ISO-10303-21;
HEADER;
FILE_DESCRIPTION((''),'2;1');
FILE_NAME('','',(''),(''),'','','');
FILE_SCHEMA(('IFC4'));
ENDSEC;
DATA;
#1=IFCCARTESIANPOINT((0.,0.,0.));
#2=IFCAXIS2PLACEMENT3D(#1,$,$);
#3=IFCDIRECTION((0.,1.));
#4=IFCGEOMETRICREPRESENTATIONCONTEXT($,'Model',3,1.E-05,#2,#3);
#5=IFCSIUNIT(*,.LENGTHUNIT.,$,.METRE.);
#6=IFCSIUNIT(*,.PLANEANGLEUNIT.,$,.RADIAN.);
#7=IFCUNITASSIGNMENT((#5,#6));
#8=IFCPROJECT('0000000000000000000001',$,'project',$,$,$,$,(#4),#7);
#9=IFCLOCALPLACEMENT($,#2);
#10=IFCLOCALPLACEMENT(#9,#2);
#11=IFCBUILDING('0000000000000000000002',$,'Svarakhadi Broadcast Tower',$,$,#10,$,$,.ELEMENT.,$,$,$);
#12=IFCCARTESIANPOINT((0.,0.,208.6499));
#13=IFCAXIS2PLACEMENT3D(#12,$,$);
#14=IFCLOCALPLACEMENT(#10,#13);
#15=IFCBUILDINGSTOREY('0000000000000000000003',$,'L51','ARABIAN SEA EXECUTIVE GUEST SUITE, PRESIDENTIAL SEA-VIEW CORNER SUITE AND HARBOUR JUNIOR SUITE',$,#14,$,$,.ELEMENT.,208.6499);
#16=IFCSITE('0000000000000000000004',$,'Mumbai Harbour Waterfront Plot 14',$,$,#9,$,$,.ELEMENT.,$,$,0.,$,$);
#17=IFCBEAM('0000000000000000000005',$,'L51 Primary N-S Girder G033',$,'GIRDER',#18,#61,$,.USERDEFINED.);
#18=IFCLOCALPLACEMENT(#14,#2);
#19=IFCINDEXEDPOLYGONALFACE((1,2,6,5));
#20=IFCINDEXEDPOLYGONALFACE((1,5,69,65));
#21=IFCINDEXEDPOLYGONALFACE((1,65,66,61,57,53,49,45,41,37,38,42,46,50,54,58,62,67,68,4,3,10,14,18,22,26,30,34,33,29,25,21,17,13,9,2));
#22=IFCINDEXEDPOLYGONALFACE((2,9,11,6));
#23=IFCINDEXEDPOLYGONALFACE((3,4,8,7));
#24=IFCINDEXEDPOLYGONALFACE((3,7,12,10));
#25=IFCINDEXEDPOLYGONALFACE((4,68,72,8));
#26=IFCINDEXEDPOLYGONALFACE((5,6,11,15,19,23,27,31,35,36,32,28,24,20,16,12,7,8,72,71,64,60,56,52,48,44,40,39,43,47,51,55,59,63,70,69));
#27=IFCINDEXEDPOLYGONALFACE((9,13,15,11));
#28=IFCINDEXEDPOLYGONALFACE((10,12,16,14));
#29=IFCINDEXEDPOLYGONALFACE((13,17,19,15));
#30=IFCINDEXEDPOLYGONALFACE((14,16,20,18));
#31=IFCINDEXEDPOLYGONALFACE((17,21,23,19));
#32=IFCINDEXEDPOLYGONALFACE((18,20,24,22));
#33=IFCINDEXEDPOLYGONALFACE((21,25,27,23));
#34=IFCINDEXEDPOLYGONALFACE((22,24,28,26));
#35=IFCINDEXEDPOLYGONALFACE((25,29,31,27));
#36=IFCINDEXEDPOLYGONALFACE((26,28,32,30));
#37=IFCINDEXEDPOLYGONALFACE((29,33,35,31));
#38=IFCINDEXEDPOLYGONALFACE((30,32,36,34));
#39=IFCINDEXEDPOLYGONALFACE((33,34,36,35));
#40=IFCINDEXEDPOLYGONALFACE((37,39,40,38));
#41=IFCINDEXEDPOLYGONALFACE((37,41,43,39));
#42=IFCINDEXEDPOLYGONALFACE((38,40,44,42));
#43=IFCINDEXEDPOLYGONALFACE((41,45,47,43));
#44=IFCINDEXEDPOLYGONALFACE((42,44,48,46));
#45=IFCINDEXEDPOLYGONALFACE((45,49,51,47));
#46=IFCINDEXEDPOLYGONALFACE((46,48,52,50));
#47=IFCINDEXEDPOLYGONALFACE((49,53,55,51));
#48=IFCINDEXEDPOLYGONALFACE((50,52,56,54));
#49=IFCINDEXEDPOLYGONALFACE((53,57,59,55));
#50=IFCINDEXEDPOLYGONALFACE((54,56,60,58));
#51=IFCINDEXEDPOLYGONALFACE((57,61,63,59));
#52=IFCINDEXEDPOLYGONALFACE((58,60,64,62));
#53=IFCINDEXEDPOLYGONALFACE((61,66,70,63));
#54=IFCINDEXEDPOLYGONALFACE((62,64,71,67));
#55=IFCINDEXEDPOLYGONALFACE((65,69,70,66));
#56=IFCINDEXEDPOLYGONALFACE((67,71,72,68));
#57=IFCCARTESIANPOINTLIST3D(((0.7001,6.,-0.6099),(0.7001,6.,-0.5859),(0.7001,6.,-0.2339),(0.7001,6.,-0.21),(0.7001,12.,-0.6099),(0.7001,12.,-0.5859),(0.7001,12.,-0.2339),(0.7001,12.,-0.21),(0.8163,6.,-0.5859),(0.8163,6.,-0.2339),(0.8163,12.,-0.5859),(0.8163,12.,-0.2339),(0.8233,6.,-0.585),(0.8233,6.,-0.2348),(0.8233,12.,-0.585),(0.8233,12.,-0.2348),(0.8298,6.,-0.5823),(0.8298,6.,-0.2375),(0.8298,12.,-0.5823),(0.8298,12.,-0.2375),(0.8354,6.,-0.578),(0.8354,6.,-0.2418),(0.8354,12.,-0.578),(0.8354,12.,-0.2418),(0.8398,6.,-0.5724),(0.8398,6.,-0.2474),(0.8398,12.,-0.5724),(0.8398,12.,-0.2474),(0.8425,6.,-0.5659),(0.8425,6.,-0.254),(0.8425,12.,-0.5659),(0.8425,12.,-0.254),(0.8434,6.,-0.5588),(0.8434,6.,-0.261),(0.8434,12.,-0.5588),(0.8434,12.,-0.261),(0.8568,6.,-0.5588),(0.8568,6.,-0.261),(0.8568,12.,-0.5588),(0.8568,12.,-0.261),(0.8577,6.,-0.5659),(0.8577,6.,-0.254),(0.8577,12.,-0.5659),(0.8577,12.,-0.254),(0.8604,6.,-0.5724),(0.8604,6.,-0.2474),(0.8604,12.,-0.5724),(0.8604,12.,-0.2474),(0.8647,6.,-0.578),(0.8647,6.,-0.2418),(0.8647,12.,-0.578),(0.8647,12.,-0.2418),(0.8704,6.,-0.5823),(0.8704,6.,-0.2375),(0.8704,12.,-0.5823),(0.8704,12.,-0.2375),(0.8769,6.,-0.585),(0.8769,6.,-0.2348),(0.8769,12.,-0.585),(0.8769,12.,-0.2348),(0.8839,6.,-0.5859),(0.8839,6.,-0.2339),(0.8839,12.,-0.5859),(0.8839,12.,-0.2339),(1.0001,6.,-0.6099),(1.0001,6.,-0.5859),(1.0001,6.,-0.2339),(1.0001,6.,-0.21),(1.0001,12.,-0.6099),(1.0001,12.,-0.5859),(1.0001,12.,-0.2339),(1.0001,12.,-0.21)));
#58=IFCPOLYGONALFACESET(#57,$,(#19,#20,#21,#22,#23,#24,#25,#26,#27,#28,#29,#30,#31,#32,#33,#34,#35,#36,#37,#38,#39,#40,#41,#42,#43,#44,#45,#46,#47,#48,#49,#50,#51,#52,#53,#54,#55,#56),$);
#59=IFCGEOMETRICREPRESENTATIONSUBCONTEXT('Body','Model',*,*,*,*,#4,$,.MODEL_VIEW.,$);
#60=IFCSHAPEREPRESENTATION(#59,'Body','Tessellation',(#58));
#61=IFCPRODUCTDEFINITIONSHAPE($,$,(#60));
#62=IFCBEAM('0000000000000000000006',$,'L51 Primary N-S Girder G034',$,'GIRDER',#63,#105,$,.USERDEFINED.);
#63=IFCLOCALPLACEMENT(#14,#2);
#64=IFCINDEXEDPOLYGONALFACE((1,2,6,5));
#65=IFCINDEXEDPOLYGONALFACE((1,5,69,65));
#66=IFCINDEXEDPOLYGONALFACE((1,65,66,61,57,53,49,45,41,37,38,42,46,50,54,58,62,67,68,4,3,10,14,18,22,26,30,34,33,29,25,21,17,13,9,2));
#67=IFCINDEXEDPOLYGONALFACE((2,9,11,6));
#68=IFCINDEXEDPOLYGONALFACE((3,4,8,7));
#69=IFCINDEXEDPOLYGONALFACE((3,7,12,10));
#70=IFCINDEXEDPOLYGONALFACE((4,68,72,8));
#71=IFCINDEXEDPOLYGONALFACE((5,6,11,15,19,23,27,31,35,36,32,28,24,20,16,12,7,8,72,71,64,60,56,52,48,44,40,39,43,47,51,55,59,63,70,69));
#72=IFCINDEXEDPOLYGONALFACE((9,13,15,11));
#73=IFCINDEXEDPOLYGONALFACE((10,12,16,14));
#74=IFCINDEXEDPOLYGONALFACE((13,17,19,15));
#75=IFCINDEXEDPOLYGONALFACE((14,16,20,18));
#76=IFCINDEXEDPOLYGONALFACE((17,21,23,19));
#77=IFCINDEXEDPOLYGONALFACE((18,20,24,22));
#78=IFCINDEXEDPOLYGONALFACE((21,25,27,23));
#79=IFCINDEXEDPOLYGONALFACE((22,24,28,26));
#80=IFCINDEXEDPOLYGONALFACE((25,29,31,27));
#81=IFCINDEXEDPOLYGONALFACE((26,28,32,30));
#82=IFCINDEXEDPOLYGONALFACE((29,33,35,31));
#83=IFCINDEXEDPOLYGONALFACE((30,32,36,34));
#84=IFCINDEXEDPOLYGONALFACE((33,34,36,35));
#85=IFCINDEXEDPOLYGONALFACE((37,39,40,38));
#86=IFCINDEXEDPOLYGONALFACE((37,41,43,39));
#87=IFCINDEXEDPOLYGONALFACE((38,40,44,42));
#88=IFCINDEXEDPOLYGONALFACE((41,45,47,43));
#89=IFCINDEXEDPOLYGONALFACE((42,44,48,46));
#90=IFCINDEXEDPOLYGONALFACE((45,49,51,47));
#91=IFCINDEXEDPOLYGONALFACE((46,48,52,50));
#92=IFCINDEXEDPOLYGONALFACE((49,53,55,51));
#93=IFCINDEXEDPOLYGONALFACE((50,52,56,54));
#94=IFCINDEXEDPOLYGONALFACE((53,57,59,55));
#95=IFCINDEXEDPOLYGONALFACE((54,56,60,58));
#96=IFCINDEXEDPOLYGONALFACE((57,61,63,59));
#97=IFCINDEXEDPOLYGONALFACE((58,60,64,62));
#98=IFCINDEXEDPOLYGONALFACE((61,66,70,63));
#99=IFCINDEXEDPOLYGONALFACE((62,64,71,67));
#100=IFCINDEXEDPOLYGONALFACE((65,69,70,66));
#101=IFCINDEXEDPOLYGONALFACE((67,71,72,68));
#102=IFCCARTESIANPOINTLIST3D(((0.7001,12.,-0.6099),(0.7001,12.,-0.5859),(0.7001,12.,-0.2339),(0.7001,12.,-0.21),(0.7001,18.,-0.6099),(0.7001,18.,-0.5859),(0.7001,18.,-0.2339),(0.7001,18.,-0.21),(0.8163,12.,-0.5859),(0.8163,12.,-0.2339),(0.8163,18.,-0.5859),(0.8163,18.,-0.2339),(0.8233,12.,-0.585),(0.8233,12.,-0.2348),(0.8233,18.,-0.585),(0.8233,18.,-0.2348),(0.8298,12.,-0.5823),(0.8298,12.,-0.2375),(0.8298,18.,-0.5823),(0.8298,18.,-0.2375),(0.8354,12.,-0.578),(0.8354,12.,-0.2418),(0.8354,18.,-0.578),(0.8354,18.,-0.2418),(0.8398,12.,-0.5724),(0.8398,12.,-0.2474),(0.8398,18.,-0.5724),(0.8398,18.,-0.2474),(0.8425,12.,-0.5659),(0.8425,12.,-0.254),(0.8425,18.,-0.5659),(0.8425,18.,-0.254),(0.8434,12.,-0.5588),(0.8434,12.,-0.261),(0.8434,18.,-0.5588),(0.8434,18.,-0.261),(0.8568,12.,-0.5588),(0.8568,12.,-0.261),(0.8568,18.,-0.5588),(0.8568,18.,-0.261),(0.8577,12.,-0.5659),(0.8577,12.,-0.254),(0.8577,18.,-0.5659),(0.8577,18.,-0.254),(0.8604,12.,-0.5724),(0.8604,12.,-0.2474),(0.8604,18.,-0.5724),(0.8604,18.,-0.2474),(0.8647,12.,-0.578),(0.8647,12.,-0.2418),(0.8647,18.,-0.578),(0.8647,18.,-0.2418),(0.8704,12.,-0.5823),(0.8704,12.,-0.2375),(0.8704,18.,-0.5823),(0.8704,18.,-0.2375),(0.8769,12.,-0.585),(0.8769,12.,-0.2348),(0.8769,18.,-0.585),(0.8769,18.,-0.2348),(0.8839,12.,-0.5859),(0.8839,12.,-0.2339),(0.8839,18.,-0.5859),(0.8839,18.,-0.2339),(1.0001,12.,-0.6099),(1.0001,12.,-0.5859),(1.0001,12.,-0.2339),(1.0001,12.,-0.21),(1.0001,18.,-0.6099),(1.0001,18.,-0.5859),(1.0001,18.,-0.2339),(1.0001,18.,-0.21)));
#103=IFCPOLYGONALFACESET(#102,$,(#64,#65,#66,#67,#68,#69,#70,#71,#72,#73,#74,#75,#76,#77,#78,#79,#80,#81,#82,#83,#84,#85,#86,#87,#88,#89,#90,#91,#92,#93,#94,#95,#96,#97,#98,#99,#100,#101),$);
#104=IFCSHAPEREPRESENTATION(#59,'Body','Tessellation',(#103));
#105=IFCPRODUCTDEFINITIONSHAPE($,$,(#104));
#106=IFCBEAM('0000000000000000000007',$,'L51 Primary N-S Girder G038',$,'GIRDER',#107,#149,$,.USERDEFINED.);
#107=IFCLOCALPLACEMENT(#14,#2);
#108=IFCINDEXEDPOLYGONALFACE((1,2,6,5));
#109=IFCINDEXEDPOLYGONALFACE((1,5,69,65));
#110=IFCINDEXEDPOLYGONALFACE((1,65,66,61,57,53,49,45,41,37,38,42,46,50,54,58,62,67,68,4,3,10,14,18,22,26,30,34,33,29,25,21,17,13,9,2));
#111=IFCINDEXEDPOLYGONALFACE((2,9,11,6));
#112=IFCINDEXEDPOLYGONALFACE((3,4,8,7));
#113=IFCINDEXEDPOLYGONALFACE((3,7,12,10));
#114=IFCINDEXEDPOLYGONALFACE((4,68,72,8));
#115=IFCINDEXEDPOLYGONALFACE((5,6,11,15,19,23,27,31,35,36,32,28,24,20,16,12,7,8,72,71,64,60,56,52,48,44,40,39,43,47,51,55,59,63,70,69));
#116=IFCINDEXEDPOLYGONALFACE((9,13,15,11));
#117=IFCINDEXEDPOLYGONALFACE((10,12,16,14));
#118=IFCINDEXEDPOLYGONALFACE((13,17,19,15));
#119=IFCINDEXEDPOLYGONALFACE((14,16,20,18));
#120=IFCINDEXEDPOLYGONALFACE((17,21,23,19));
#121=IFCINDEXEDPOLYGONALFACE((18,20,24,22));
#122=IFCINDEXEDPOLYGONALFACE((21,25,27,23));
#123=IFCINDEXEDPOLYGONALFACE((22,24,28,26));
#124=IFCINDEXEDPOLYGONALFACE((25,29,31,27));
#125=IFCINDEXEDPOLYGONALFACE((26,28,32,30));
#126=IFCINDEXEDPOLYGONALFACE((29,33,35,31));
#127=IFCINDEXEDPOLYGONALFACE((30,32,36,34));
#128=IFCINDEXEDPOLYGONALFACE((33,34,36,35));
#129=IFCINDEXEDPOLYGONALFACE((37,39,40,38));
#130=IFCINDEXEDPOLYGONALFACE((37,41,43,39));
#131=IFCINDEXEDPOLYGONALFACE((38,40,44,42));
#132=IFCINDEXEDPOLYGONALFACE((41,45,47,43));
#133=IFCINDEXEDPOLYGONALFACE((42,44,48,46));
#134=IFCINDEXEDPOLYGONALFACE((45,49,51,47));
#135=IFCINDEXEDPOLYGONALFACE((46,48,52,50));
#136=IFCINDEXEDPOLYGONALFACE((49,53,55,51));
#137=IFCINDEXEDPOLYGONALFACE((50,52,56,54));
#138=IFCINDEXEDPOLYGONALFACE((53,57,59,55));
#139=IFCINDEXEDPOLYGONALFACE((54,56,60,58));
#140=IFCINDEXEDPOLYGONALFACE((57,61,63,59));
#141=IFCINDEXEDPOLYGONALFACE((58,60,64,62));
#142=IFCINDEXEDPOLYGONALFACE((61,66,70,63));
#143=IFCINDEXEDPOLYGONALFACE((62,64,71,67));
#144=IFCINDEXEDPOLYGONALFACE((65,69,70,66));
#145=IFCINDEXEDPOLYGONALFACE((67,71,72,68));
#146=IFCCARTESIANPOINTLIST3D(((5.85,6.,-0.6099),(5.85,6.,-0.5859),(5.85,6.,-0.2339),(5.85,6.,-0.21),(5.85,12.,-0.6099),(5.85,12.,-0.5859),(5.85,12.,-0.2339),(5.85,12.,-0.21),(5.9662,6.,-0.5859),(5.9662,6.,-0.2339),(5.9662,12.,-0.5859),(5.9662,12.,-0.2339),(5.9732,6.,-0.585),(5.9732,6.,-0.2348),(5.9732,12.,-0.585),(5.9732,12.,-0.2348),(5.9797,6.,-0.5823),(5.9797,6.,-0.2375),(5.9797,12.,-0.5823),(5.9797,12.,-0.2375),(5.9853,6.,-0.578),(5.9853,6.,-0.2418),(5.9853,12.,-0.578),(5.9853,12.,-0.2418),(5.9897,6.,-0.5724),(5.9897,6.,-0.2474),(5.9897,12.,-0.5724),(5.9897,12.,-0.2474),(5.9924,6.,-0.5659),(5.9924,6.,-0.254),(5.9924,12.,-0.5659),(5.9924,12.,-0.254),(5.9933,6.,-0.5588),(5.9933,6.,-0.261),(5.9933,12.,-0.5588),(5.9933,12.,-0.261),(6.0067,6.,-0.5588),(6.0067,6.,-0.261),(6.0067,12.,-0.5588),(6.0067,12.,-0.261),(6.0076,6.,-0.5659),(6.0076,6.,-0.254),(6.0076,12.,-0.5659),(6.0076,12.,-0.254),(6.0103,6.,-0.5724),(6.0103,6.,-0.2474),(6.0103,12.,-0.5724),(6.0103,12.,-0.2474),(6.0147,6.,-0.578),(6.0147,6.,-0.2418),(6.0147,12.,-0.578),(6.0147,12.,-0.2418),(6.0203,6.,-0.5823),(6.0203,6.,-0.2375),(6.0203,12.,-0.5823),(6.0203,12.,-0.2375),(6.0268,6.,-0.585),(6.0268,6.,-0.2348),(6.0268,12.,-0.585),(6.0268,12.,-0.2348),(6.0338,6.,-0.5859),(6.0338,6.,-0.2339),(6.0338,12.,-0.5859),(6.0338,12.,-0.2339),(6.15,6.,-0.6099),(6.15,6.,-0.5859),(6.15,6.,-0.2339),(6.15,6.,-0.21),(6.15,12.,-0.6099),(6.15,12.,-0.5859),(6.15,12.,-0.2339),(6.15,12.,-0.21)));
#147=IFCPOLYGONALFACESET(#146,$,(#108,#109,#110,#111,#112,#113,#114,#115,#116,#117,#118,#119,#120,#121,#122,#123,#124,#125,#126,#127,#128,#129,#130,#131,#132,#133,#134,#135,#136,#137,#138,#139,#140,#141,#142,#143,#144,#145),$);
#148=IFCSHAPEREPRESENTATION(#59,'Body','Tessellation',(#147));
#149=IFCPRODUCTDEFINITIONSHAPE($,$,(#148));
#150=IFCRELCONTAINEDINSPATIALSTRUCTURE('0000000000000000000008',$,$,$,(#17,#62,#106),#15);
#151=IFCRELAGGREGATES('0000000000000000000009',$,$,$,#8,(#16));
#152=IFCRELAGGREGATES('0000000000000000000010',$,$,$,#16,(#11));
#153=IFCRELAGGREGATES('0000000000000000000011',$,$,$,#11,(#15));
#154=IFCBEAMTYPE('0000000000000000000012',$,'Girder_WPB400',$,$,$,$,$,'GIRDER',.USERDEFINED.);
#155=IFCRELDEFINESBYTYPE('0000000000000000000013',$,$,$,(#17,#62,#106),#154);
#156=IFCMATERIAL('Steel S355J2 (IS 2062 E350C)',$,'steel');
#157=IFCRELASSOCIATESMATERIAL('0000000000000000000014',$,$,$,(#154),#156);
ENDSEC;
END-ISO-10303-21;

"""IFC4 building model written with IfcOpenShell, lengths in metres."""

from ifc_helpers import new_model, si_unit, direction, frame, origin, origin_2d, place, context, subcontext, project, spatial, i_section, extrude, material, material_profile, profile_set, type_object, element, save


model = new_model("IFC4")

# Units and contexts
model_context = context("Model", 3, precision=1e-05, world=origin(), true_north=direction((0.0, 1.0)))
body_context = subcontext(model_context, "Body", "Model", "MODEL_VIEW")
ifc_project = project(units=[si_unit("LENGTHUNIT", "METRE"), si_unit("PLANEANGLEUNIT", "RADIAN")], contexts=[model_context])

# Site, building, storey
site_placement = place(None, origin())
site = spatial("IfcSite", under=ifc_project, at=site_placement, Name="Mumbai Harbour Waterfront Plot 14", CompositionType="ELEMENT", RefElevation=0.0)
building_placement = place(site_placement, origin())
building = spatial("IfcBuilding", under=site, at=building_placement, Name="Svarakhadi Broadcast Tower", CompositionType="ELEMENT")
storey_placement = place(building_placement, frame((0.0, 0.0, 208.6499)))
storey = spatial("IfcBuildingStorey", under=building, at=storey_placement, Name="L51", Description="ARABIAN SEA EXECUTIVE GUEST SUITE, PRESIDENTIAL SEA-VIEW CORNER SUITE AND HARBOUR JUNIOR SUITE", CompositionType="ELEMENT", Elevation=208.6499)

# Shared definitions
ifc_material_1 = material(Name="Steel S355J2 (IS 2062 E350C)", Category="steel")

# Beams
ifc_material_profile_1 = material_profile(ifc_material_1, i_section(OverallWidth=0.3, OverallDepth=0.3999, WebThickness=0.0134, FlangeThickness=0.0239, FilletRadius=0.0271, at=origin_2d()), Name="WPB 400x300x155")
ifc_profile_set_1 = profile_set([ifc_material_profile_1], Name="Steel S355J2 (IS 2062 E350C)")
beam_type_1 = type_object("IfcBeamType", Name="Girder_WPB400", ElementType="GIRDER", PredefinedType="USERDEFINED", material=ifc_profile_set_1)
for number, where, z_axis, x_axis, name in (
    (1, (0.8501, 6.0, -0.4099), (0.0, 1.0, 0.0), (-1.0, 0.0, 0.0), "L51 Primary N-S Girder G033"),
    (2, (0.8501, 12.0, -0.4099), (0.0, 1.0, 0.0), (-1.0, 0.0, 0.0), "L51 Primary N-S Girder G034"),
    (3, (6.0, 6.0, -0.4099), (0.0, 1.0, 0.0), (-1.0, 0.0, 0.0), "L51 Primary N-S Girder G038"),
):
    element("IfcBeam", number, at=place(storey_placement, frame(where, z_axis=z_axis, x_axis=x_axis)), inside=storey, type_object=beam_type_1, Name=name, ObjectType="GIRDER", PredefinedType="USERDEFINED", context=body_context, shape_type="SweptSolid", body=[
        extrude(i_section(OverallWidth=0.3, OverallDepth=0.3999, WebThickness=0.0134, FlangeThickness=0.0239, FilletRadius=0.0271, at=origin_2d()), origin(), (0.0, 0.0, 1.0), 6.0),
    ])

save(model, "model.ifc")
